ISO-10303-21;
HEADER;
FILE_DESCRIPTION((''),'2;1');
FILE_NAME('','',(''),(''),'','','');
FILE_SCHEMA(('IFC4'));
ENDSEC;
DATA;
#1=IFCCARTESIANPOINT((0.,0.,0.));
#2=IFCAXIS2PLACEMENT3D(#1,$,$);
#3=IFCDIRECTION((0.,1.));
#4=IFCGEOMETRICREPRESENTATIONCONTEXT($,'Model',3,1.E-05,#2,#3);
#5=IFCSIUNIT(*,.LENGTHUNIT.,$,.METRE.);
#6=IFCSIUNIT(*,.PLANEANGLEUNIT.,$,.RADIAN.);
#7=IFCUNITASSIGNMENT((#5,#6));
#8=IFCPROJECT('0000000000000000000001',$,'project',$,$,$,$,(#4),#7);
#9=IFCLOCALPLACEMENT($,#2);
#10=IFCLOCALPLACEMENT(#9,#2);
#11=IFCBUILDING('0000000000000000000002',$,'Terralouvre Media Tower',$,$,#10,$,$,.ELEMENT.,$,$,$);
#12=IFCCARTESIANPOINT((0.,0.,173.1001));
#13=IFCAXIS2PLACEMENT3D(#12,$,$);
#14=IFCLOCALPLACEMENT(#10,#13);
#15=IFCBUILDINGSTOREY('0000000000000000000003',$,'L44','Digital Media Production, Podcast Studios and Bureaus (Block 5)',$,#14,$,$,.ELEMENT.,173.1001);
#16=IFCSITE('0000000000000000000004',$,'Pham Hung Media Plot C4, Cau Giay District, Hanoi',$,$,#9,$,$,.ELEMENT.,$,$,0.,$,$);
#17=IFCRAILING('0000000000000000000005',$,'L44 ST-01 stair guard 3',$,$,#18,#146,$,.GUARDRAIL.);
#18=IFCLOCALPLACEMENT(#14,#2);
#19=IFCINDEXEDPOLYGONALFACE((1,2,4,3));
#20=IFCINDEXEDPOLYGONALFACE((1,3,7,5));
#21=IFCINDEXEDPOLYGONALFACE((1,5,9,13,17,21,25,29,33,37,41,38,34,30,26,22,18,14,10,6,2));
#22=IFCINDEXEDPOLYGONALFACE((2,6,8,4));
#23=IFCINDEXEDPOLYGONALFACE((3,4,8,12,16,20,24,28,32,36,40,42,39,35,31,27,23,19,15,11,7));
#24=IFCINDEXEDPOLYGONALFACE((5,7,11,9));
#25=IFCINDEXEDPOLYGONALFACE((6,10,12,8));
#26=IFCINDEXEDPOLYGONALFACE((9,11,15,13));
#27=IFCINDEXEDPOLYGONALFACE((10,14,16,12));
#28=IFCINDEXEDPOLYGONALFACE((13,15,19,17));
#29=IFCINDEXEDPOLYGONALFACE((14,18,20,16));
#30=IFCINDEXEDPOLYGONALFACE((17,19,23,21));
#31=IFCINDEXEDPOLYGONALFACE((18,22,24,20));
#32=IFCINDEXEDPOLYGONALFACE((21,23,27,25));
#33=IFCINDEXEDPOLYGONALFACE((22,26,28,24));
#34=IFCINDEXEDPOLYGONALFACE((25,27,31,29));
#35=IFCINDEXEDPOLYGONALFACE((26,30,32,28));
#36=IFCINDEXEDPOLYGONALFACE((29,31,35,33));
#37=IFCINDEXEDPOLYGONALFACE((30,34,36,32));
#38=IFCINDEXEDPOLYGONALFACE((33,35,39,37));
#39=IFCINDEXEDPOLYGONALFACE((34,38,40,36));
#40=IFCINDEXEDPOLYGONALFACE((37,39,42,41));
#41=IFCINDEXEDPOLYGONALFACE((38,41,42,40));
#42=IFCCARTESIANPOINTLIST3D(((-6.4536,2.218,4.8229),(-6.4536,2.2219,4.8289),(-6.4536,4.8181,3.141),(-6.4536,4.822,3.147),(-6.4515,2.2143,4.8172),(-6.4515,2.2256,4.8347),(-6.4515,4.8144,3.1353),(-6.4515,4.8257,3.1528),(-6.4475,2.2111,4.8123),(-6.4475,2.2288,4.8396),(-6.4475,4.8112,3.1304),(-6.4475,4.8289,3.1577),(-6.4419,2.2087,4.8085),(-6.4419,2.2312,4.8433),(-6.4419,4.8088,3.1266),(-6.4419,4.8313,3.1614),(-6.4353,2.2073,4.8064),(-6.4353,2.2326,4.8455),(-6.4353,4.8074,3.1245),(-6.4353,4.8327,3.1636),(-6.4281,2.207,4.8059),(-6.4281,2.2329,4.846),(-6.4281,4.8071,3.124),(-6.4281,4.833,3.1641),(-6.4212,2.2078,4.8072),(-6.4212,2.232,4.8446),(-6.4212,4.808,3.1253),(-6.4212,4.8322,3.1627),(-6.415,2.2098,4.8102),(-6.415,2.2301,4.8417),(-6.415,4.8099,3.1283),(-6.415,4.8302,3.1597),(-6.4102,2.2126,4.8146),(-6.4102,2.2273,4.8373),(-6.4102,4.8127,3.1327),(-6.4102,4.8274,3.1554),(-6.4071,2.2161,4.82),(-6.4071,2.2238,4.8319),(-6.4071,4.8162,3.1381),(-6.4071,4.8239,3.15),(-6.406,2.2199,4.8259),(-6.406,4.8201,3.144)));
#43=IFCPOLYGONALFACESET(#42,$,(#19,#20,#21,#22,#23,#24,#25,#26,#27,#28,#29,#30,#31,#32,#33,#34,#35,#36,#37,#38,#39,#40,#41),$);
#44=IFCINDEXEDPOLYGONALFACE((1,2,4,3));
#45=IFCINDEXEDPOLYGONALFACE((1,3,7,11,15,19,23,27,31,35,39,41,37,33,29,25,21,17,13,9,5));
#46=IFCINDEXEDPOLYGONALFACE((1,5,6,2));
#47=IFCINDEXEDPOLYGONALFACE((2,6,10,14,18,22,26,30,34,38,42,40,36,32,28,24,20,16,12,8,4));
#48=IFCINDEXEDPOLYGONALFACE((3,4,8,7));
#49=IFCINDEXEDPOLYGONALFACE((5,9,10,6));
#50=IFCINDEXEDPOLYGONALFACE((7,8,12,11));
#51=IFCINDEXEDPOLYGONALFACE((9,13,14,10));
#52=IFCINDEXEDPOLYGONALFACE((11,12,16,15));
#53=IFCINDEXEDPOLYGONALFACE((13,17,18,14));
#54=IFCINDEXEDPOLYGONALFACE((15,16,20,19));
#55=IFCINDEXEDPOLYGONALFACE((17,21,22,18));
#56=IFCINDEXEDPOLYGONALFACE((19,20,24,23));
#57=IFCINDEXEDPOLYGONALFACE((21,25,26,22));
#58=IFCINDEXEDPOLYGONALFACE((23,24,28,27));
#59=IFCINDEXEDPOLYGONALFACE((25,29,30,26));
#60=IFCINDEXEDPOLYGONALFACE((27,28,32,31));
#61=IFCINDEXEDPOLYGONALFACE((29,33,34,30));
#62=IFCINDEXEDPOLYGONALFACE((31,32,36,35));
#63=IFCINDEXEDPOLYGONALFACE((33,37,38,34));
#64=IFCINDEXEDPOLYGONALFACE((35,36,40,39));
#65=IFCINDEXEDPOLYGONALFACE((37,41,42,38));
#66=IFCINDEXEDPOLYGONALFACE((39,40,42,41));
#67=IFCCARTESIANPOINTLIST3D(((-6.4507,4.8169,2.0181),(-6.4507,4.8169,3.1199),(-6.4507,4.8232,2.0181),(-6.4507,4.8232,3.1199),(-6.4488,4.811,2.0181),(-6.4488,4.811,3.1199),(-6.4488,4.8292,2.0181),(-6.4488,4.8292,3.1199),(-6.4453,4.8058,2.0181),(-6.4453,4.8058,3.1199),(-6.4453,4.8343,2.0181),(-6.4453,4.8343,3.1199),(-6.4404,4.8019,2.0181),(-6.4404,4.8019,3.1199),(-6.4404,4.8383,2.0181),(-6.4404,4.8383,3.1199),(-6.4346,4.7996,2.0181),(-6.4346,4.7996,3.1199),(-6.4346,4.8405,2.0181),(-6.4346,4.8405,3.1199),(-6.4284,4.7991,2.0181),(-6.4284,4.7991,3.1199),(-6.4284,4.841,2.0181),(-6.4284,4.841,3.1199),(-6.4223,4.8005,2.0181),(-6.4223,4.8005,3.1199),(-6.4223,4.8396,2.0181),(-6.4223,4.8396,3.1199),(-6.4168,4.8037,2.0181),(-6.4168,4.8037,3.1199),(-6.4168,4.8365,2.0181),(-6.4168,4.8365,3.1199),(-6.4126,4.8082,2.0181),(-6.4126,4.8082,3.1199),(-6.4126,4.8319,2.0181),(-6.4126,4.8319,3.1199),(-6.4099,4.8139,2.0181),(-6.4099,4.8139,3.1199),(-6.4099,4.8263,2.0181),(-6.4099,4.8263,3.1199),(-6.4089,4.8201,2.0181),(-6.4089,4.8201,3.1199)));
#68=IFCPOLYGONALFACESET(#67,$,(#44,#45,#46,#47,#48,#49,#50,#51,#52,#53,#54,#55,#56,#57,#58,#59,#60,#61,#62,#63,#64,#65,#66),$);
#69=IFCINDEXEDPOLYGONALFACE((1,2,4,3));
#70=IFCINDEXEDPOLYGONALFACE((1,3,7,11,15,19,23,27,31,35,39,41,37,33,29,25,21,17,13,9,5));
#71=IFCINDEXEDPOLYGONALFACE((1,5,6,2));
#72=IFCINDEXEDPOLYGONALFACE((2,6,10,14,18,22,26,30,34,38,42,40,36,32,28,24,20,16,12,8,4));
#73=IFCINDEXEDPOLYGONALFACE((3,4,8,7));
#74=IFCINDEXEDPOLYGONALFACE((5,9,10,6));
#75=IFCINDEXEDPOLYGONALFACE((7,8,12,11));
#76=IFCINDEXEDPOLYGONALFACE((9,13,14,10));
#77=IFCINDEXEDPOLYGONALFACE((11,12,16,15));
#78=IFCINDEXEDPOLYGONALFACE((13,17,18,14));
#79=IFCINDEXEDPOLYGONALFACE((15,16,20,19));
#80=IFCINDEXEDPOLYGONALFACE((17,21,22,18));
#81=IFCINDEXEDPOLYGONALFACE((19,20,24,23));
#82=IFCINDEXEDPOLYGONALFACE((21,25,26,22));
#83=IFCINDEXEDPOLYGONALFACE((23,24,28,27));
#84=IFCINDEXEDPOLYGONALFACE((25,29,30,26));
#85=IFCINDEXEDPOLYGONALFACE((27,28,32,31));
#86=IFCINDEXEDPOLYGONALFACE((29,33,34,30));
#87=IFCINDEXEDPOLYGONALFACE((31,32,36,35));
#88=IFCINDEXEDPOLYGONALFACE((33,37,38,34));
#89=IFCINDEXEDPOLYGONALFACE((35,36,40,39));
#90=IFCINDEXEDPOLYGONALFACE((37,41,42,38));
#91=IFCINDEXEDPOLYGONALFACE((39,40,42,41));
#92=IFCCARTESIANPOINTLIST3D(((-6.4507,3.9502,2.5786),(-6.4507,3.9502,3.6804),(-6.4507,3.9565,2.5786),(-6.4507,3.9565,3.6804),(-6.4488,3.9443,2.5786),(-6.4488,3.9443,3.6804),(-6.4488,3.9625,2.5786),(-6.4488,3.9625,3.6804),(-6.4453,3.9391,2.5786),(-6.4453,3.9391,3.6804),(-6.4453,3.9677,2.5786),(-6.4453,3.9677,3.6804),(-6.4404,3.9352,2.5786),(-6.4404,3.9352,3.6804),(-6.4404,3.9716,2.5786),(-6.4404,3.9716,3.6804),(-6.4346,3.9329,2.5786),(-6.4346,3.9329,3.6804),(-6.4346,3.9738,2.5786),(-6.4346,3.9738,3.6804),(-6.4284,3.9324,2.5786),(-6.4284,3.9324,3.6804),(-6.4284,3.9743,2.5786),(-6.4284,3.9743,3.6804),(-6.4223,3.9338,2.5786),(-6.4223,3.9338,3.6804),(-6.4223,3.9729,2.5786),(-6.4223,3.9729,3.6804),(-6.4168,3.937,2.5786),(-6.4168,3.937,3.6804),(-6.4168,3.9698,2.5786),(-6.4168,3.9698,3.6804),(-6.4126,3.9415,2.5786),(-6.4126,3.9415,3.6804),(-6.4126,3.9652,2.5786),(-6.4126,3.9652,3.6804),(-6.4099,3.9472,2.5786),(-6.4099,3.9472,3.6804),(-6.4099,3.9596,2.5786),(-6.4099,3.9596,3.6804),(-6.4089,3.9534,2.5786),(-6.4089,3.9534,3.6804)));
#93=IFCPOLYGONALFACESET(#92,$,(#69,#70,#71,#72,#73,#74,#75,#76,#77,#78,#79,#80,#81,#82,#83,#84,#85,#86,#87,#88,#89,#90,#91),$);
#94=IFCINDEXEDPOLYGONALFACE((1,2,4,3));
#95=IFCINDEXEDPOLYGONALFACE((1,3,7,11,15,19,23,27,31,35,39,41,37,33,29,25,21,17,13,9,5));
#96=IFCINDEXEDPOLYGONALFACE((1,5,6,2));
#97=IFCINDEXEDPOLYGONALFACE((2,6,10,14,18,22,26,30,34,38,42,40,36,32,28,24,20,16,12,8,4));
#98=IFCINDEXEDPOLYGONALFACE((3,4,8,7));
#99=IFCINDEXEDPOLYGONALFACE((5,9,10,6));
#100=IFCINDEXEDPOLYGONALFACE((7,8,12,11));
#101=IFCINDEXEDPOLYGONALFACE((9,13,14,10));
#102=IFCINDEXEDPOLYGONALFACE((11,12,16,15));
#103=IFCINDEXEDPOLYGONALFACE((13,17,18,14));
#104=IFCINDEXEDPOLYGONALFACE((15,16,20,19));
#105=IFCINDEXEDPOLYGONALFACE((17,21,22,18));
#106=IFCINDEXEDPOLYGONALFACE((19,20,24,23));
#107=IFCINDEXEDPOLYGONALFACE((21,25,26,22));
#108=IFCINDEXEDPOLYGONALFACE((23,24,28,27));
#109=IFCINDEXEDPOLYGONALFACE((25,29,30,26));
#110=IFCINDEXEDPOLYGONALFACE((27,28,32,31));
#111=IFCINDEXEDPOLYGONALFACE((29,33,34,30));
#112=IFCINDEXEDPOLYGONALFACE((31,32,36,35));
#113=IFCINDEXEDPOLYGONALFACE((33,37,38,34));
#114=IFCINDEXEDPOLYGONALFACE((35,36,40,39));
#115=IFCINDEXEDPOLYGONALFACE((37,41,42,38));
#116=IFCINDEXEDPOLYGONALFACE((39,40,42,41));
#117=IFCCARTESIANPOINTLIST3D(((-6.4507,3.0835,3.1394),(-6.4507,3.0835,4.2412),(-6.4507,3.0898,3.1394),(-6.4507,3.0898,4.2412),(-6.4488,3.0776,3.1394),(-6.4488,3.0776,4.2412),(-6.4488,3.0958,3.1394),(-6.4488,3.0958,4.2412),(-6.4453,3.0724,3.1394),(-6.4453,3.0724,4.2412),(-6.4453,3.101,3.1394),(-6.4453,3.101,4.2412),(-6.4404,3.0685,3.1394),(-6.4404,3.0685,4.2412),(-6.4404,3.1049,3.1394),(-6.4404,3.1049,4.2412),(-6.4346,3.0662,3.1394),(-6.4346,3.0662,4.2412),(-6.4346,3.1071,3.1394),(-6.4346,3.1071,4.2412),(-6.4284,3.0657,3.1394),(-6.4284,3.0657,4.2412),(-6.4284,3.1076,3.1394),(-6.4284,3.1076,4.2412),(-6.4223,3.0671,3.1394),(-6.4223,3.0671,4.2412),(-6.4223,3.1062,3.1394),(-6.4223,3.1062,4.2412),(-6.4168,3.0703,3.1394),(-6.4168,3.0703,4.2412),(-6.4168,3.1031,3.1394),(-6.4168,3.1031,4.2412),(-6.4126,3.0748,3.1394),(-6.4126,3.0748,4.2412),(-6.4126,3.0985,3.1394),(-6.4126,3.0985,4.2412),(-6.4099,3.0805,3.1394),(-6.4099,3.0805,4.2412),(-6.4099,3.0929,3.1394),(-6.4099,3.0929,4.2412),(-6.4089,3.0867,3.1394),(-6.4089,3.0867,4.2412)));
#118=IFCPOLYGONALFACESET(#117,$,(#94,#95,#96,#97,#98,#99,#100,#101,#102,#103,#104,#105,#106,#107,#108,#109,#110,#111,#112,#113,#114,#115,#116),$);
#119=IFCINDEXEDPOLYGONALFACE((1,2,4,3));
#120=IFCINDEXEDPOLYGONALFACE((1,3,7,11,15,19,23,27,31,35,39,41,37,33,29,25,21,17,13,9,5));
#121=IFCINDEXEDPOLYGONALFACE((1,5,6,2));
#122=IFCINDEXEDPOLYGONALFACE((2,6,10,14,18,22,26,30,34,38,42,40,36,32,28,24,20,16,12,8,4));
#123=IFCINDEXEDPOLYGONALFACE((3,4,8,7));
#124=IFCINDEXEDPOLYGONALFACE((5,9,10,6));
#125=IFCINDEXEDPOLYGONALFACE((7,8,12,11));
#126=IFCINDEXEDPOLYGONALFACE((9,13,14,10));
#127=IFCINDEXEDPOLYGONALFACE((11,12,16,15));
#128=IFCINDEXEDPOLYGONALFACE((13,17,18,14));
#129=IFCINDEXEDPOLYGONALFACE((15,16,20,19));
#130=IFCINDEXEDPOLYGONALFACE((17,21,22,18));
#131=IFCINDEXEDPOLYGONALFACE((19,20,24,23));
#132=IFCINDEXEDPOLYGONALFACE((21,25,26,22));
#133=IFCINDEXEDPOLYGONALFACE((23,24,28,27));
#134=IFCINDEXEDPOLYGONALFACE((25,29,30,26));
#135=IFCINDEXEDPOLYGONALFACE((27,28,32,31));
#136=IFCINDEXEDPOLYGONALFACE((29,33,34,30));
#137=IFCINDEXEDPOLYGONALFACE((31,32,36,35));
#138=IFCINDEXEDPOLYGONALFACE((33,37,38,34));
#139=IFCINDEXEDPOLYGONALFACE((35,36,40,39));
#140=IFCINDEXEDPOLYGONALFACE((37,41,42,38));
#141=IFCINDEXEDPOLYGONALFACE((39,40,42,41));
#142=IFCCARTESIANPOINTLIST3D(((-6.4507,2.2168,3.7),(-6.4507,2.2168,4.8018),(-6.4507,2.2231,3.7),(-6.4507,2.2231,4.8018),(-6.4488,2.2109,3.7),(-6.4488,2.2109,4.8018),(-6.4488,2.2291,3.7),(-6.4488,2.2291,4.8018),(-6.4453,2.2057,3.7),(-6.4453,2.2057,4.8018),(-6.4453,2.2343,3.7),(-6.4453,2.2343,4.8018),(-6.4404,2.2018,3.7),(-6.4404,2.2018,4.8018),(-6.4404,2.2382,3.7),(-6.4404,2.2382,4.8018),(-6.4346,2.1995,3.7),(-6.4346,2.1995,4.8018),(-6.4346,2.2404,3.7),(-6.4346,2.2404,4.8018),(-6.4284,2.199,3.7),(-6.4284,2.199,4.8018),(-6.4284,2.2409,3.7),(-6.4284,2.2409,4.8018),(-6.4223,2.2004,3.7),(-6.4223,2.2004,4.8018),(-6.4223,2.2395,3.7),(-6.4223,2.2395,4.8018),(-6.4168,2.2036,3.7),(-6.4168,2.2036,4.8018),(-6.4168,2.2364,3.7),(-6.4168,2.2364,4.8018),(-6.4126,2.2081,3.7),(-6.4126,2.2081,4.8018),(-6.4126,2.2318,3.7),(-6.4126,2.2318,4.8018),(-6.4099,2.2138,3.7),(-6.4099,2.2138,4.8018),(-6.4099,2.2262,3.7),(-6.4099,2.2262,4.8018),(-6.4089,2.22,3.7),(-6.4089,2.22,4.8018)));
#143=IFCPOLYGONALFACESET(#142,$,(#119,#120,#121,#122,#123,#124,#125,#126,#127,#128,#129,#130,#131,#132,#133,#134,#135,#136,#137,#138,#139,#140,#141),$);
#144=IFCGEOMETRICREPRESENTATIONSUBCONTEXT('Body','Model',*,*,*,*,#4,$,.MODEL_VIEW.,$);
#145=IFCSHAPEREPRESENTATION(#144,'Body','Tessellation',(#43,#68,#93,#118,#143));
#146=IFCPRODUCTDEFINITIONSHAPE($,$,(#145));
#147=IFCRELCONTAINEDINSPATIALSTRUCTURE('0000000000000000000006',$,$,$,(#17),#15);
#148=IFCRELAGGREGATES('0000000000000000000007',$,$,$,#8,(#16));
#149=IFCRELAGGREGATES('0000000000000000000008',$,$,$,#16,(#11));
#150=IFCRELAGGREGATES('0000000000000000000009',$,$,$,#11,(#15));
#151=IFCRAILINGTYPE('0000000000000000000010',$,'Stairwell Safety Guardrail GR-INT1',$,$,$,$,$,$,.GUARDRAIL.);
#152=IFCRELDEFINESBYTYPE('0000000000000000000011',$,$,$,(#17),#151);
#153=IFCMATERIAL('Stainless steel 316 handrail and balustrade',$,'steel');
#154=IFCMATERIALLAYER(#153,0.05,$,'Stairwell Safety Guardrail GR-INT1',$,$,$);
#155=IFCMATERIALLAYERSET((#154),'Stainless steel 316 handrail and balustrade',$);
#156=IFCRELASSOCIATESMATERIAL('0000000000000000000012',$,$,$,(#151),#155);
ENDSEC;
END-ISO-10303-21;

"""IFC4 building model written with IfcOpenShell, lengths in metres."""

from ifc_helpers import new_model, si_unit, direction, frame, origin, origin_2d, place, context, subcontext, project, spatial, circle, extrude, material, layer, layer_set, type_object, element, save


model = new_model("IFC4")

# Units and contexts
model_context = context("Model", 3, precision=1e-05, world=origin(), true_north=direction((0.0, 1.0)))
body_context = subcontext(model_context, "Body", "Model", "MODEL_VIEW")
ifc_project = project(units=[si_unit("LENGTHUNIT", "METRE"), si_unit("PLANEANGLEUNIT", "RADIAN")], contexts=[model_context])

# Site, building, storey
site_placement = place(None, origin())
site = spatial("IfcSite", under=ifc_project, at=site_placement, Name="Pham Hung Media Plot C4, Cau Giay District, Hanoi", CompositionType="ELEMENT", RefElevation=0.0)
building_placement = place(site_placement, origin())
building = spatial("IfcBuilding", under=site, at=building_placement, Name="Terralouvre Media Tower", CompositionType="ELEMENT")
storey_placement = place(building_placement, frame((0.0, 0.0, 173.1001)))
storey = spatial("IfcBuildingStorey", under=building, at=storey_placement, Name="L44", Description="Digital Media Production, Podcast Studios and Bureaus (Block 5)", CompositionType="ELEMENT", Elevation=173.1001)

# Railing
ifc_material_1 = material(Name="Stainless steel 316 handrail and balustrade", Category="steel")
ifc_layer_1 = layer(ifc_material_1, 0.05, Name="Stairwell Safety Guardrail GR-INT1")
ifc_layer_set_1 = layer_set([ifc_layer_1], Name="Stainless steel 316 handrail and balustrade")
railing_type_1 = type_object("IfcRailingType", Name="Stairwell Safety Guardrail GR-INT1", PredefinedType="GUARDRAIL", material=ifc_layer_set_1)
railing_1_placement = place(storey_placement, frame((-6.4299, 4.8201, 2.0181)))
element("IfcRailing", 1, at=railing_1_placement, inside=storey, type_object=railing_type_1, Name="L44 ST-01 stair guard 3", PredefinedType="GUARDRAIL", context=body_context, shape_type="SweptSolid", body=[
    extrude(circle(Radius=0.0239, at=origin_2d()), frame((0.0, 0.0, 1.126), z_axis=(0.0, -0.839648, 0.54313), x_axis=(1.0, 0.0, 0.0)), (0.0, 0.0, 1.0), 3.0967),
    extrude(circle(Radius=0.021, at=origin_2d()), origin(), (0.0, 0.0, 1.0), 1.1018),
    extrude(circle(Radius=0.021, at=origin_2d()), frame((0.0, -0.8667, 0.5605)), (0.0, 0.0, 1.0), 1.1018),
    extrude(circle(Radius=0.021, at=origin_2d()), frame((0.0, -1.7334, 1.1213)), (0.0, 0.0, 1.0), 1.1018),
    extrude(circle(Radius=0.021, at=origin_2d()), frame((0.0, -2.6001, 1.6819)), (0.0, 0.0, 1.0), 1.1018),
])

save(model, "model.ifc")
